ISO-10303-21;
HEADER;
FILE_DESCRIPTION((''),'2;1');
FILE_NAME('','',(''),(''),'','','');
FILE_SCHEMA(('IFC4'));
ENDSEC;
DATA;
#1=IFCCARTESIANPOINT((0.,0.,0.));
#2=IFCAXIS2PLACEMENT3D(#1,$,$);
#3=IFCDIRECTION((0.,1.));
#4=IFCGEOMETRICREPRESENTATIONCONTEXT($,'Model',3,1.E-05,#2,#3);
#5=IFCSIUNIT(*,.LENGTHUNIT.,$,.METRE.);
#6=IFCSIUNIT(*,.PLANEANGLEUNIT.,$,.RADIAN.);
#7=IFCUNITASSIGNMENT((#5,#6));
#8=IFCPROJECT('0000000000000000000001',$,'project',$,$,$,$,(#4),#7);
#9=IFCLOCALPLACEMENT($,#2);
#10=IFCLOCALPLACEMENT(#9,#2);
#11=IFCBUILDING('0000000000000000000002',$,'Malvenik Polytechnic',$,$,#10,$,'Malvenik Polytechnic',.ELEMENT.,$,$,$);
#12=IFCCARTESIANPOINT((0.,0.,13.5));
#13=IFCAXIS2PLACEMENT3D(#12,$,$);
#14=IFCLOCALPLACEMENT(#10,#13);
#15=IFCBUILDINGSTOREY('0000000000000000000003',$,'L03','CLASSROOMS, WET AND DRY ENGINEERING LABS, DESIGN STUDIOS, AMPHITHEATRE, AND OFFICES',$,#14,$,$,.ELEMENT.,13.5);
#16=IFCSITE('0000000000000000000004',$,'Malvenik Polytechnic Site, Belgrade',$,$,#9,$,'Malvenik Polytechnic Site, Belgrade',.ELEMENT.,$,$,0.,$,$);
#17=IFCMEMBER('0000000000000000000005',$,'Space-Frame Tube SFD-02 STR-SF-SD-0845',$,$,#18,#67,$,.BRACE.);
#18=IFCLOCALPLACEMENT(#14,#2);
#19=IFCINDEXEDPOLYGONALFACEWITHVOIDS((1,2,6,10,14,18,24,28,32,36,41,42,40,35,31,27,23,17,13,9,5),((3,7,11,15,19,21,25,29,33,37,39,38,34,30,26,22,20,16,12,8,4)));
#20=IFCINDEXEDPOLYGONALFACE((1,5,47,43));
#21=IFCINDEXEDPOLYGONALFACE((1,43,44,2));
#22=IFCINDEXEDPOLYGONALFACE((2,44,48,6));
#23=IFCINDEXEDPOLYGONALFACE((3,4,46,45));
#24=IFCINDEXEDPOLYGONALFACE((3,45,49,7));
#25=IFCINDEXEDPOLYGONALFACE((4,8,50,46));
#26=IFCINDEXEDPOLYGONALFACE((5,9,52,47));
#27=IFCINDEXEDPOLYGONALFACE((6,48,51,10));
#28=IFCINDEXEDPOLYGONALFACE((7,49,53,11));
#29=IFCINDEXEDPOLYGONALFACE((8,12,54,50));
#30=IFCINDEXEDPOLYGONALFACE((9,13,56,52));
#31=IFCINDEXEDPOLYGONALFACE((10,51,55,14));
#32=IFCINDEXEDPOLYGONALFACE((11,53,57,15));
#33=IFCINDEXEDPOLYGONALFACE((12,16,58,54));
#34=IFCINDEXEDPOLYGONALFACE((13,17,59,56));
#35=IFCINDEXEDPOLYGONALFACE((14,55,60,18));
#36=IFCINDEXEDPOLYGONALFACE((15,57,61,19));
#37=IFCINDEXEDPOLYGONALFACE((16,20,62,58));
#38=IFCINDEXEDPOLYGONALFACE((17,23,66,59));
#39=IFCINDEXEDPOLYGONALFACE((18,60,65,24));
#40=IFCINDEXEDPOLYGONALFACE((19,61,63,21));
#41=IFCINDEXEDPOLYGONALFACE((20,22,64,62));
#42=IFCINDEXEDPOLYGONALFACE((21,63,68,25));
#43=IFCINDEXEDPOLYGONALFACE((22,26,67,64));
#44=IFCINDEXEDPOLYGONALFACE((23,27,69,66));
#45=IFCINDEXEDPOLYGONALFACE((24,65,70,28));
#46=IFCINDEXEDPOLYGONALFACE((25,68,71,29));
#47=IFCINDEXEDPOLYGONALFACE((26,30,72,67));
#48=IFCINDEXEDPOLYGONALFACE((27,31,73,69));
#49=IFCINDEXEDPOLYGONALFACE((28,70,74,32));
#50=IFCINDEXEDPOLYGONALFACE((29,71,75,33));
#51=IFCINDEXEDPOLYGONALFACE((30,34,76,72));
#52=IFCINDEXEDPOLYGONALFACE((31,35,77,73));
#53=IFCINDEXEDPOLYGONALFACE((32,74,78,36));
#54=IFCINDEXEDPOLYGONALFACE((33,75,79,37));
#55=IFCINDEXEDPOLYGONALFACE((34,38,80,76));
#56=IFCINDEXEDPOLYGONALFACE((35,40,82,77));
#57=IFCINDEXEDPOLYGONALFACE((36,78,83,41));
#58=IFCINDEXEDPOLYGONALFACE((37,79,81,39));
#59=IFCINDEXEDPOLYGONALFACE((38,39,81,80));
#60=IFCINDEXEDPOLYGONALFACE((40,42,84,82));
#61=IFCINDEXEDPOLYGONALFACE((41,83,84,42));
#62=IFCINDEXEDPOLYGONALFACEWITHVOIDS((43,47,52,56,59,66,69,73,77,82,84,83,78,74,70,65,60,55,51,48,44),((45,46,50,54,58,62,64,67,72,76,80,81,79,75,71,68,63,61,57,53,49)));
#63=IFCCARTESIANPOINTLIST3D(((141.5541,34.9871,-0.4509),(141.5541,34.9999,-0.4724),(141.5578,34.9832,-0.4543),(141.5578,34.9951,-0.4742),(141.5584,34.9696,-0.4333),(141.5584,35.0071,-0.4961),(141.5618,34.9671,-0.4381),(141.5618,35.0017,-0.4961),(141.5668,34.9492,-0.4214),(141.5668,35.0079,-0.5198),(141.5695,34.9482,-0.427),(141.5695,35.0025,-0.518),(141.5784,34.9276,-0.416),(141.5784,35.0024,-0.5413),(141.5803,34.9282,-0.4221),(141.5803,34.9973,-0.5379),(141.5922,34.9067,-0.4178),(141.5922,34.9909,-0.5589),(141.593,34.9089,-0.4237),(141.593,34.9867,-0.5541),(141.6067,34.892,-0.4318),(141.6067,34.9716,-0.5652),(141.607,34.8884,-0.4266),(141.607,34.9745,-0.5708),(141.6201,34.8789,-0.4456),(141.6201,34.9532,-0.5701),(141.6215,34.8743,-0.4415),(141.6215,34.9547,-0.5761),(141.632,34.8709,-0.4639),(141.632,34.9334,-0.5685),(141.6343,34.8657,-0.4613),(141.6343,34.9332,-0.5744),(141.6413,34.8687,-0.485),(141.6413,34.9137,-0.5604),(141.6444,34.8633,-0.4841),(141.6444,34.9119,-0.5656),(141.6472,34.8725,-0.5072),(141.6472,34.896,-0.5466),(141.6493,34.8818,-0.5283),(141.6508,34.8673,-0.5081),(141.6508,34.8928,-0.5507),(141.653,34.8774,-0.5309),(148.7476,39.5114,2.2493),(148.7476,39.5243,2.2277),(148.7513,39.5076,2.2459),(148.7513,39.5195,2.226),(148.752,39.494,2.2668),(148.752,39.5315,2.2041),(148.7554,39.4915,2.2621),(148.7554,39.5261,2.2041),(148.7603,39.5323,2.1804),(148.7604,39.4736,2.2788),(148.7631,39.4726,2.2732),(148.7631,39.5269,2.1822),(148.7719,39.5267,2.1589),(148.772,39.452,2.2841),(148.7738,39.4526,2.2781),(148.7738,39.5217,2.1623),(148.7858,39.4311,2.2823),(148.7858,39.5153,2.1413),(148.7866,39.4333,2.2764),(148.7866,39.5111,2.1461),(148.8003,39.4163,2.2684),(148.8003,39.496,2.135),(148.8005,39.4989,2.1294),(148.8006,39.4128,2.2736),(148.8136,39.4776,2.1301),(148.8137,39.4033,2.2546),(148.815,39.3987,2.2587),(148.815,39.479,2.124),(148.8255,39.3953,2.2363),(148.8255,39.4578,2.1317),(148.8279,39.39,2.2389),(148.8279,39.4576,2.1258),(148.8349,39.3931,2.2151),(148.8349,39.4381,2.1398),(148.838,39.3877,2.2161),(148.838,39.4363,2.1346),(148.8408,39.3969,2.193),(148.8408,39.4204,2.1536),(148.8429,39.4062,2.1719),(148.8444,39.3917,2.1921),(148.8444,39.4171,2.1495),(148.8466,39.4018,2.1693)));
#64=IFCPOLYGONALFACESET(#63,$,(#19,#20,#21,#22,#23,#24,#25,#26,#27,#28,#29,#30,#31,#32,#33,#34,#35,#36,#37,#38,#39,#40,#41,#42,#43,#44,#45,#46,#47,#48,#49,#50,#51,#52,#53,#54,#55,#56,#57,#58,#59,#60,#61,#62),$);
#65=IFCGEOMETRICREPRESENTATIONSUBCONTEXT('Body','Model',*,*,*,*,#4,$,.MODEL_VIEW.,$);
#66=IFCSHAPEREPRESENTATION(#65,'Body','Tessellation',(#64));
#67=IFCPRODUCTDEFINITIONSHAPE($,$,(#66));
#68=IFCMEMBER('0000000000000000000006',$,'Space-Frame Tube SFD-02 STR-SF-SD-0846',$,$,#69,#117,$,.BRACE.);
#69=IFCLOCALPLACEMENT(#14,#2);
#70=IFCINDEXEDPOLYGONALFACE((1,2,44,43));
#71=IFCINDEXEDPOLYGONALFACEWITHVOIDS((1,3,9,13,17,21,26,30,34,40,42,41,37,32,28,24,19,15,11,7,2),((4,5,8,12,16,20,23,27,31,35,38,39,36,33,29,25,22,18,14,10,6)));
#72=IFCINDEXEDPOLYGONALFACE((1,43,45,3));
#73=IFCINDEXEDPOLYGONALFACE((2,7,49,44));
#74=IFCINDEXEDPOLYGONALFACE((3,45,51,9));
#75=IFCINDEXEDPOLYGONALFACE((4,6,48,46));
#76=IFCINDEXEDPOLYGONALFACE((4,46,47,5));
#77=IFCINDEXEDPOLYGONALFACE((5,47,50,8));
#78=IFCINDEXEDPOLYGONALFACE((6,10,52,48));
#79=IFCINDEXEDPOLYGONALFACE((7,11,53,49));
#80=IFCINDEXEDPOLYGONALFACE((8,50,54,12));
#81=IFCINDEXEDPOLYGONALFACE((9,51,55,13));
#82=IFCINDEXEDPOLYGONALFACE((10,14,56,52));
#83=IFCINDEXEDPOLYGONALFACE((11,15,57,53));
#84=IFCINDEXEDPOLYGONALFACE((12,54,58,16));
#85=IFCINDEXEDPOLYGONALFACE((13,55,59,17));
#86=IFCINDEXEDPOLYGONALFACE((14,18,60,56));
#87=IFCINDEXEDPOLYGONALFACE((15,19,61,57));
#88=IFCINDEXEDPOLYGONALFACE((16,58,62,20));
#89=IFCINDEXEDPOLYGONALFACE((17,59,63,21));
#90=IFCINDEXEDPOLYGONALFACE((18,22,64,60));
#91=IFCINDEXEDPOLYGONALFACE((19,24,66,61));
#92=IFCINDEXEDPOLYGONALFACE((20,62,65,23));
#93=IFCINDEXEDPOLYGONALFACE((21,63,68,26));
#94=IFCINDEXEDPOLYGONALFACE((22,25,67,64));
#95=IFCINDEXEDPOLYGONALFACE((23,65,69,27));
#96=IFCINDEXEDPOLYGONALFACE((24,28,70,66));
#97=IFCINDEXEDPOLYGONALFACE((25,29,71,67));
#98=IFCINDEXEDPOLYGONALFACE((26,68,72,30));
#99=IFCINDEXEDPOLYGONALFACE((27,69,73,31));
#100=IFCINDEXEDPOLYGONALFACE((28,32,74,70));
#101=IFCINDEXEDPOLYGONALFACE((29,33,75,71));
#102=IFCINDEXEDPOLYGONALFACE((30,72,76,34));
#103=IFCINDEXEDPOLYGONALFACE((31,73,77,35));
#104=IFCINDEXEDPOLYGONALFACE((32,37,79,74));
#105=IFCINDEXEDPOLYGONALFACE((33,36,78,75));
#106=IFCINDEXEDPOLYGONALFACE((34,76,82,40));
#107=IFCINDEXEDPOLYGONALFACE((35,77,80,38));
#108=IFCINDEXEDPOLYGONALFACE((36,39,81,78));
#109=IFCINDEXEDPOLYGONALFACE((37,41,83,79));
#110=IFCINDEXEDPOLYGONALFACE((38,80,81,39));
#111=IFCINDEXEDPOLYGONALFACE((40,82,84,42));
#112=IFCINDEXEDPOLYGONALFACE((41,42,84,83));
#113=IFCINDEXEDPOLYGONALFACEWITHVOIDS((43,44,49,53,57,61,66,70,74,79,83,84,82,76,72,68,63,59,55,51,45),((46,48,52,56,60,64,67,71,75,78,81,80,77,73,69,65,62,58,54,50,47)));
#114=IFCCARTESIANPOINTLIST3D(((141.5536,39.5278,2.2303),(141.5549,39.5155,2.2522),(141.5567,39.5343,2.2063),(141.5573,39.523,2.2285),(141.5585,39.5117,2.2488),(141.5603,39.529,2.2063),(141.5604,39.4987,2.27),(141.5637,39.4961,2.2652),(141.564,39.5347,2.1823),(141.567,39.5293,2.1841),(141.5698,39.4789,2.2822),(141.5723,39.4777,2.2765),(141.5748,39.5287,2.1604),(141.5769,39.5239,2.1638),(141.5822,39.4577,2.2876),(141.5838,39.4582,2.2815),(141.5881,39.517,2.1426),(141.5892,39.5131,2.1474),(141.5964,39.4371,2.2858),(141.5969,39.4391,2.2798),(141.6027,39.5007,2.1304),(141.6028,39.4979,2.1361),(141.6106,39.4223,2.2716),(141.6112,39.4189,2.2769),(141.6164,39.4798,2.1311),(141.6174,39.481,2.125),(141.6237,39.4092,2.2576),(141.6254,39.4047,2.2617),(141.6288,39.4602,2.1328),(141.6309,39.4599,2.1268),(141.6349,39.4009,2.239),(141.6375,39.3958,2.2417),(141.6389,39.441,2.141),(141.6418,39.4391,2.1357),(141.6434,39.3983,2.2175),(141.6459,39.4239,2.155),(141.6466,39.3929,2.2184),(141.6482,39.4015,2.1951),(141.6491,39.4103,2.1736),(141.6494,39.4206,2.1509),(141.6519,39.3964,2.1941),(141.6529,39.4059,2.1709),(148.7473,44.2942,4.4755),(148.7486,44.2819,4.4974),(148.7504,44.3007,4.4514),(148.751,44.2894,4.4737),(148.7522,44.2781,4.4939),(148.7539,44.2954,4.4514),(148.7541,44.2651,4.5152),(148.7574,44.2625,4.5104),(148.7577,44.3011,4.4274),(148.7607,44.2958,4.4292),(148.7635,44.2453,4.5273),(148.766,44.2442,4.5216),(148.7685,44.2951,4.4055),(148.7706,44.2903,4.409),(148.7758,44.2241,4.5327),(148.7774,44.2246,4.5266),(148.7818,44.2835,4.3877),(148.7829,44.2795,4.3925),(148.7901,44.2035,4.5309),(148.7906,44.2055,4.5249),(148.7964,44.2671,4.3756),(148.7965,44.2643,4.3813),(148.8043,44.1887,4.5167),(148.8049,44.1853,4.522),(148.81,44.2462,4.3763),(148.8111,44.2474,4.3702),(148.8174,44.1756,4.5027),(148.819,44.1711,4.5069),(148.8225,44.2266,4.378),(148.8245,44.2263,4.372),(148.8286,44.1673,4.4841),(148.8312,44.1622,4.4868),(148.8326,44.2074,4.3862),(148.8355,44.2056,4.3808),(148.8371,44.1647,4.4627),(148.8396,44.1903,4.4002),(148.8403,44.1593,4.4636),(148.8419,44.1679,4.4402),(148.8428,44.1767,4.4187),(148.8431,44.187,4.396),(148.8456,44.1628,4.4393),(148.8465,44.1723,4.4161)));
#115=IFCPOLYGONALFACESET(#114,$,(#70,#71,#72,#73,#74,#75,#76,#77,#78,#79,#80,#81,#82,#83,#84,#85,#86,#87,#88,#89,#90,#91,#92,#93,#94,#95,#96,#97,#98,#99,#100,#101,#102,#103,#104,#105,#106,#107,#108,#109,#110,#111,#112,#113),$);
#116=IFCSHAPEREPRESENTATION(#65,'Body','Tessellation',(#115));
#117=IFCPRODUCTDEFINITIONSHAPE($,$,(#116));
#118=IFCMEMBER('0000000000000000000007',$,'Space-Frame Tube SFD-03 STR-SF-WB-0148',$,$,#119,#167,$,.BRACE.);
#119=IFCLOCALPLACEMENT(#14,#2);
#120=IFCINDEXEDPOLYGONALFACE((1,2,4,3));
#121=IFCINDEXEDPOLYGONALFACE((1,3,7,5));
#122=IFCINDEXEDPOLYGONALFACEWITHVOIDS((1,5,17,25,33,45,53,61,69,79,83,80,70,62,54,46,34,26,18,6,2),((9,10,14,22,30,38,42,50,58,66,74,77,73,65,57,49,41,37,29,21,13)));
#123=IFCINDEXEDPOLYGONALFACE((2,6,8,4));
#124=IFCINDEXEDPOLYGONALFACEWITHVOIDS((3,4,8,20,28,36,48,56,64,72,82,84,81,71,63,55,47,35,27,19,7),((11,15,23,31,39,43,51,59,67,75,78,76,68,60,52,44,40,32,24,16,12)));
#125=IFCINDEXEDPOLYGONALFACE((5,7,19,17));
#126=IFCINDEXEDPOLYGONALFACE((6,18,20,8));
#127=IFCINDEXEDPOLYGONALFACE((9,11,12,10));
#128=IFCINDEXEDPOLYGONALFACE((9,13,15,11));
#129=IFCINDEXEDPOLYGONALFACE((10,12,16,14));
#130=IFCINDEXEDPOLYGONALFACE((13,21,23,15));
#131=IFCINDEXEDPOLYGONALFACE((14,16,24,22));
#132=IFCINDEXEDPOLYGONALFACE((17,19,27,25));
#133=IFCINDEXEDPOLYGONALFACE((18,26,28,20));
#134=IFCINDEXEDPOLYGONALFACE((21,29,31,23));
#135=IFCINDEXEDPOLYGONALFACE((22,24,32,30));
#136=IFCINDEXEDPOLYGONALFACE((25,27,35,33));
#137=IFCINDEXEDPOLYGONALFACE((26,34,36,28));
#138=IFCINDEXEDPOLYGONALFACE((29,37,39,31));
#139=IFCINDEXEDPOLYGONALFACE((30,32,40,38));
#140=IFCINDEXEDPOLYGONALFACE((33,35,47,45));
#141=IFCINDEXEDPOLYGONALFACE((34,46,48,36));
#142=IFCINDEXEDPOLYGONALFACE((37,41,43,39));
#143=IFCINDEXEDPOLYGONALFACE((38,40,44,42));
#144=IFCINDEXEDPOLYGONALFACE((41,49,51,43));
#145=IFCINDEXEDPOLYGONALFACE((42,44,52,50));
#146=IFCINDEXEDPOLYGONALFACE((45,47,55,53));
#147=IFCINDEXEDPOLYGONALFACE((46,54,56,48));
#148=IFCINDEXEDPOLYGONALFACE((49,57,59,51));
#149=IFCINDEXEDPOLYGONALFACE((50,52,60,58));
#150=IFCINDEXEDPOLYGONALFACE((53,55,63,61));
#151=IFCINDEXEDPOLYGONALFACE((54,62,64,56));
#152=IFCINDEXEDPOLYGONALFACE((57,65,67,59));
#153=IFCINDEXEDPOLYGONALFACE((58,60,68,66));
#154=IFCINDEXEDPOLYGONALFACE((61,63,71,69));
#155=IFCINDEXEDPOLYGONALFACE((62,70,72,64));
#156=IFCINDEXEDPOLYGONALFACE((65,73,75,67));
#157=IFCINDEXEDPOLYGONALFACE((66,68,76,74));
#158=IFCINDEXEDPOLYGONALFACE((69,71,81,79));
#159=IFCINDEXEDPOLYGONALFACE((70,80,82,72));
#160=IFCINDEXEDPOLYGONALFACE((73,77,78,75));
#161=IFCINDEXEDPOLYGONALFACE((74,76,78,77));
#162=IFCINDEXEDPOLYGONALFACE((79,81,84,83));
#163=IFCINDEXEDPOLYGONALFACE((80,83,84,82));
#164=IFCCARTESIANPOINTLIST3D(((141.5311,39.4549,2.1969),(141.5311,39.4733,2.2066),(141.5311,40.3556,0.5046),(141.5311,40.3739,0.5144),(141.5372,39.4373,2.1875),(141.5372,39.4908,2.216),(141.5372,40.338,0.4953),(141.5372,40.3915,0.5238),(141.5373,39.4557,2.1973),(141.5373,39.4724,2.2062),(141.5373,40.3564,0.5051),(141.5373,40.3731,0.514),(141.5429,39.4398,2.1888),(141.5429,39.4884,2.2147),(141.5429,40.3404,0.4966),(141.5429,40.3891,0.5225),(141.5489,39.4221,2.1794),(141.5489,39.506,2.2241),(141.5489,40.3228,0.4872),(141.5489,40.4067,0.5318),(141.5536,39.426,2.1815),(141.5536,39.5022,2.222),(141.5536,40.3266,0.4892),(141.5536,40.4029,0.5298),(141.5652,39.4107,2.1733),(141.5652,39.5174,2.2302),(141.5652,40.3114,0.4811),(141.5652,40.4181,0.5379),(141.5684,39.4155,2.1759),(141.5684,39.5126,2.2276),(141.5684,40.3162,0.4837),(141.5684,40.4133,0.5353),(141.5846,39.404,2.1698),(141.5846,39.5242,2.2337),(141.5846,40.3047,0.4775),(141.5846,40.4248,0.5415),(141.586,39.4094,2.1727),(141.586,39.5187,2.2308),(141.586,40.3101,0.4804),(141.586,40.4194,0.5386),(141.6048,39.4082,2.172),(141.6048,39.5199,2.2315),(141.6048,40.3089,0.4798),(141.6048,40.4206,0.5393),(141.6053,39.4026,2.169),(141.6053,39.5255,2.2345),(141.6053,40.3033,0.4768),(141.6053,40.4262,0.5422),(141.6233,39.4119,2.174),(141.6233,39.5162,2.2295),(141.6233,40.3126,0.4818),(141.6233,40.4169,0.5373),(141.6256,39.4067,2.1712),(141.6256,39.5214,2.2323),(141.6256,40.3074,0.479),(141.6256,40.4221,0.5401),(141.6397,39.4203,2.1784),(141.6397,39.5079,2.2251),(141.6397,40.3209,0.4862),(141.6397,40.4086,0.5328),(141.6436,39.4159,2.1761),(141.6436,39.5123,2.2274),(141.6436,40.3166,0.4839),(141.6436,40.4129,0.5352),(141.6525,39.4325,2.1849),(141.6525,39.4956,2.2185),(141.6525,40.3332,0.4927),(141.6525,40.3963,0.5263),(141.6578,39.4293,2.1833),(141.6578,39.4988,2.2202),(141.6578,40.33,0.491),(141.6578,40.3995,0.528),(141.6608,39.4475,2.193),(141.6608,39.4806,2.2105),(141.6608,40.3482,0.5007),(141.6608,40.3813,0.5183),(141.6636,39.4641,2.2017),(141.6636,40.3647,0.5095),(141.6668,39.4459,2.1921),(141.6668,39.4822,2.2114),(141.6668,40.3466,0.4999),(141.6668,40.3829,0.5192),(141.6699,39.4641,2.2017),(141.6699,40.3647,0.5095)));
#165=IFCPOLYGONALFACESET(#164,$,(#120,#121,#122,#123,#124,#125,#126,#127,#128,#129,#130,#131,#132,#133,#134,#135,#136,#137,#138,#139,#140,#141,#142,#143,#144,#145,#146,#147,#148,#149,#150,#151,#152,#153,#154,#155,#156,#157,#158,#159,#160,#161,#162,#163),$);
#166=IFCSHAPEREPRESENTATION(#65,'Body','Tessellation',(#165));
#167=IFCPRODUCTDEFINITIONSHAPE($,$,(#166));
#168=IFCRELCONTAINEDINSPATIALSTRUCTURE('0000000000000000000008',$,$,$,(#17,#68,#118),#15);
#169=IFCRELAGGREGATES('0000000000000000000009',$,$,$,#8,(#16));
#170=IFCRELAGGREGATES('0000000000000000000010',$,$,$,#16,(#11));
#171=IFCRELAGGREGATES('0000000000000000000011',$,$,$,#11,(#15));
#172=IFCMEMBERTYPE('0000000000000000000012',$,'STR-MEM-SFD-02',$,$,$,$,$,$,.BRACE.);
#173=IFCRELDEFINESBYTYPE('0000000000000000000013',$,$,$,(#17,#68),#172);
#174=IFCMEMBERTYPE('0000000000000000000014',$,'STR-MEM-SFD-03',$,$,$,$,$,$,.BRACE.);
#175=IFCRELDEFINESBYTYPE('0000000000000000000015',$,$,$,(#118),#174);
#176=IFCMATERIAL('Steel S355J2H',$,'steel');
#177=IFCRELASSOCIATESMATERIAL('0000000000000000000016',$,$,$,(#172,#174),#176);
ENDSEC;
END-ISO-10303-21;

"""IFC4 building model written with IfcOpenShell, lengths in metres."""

from ifc_helpers import new_model, si_unit, direction, frame, origin, origin_2d, place, context, subcontext, project, spatial, hollow_circle, extrude, material, material_profile, profile_set, type_object, element, save


model = new_model("IFC4")

# Units and contexts
model_context = context("Model", 3, precision=1e-05, world=origin(), true_north=direction((0.0, 1.0)))
body_context = subcontext(model_context, "Body", "Model", "MODEL_VIEW")
ifc_project = project(units=[si_unit("LENGTHUNIT", "METRE"), si_unit("PLANEANGLEUNIT", "RADIAN")], contexts=[model_context])

# Site, building, storey
site_placement = place(None, origin())
site = spatial("IfcSite", under=ifc_project, at=site_placement, Name="Malvenik Polytechnic Site, Belgrade", LongName="Malvenik Polytechnic Site, Belgrade", CompositionType="ELEMENT", RefElevation=0.0)
building_placement = place(site_placement, origin())
building = spatial("IfcBuilding", under=site, at=building_placement, Name="Malvenik Polytechnic", LongName="Malvenik Polytechnic", CompositionType="ELEMENT")
storey_placement = place(building_placement, frame((0.0, 0.0, 13.5)))
storey = spatial("IfcBuildingStorey", under=building, at=storey_placement, Name="L03", Description="CLASSROOMS, WET AND DRY ENGINEERING LABS, DESIGN STUDIOS, AMPHITHEATRE, AND OFFICES", CompositionType="ELEMENT", Elevation=13.5)

# Members
ifc_material_1 = material(Name="Steel S355J2H", Category="steel")
ifc_material_profile_1 = material_profile(ifc_material_1, hollow_circle(Radius=0.0842, WallThickness=0.0063, at=origin_2d()), Name="CHS 168.3x6.3")
ifc_profile_set_1 = profile_set([ifc_material_profile_1], Name="Steel S355J2H")
member_type_1 = type_object("IfcMemberType", Name="STR-MEM-SFD-02", PredefinedType="BRACE", material=ifc_profile_set_1)
for number, where, z_axis, x_axis, name in (
    (1, (141.6033, 34.9358, -0.4961), (0.806747, 0.507403, 0.302821), (-0.532401, 0.846492, 0.0), "Space-Frame Tube SFD-02 STR-SF-SD-0845"),
    (2, (141.6033, 39.4641, 2.2063), (0.806761, 0.534546, 0.251789), (-0.552341, 0.833618, 0.0), "Space-Frame Tube SFD-02 STR-SF-SD-0846"),
):
    element("IfcMember", number, at=place(storey_placement, frame(where, z_axis=z_axis, x_axis=x_axis)), inside=storey, type_object=member_type_1, Name=name, PredefinedType="BRACE", context=body_context, shape_type="SweptSolid", body=[
        extrude(hollow_circle(Radius=0.0842, WallThickness=0.0063, at=origin_2d()), origin(), (0.0, 0.0, 1.0), 8.9167),
    ])
ifc_material_profile_2 = material_profile(ifc_material_1, hollow_circle(Radius=0.0698, WallThickness=0.0063, at=origin_2d()), Name="CHS 139.7x6.3")
ifc_profile_set_2 = profile_set([ifc_material_profile_2], Name="Steel S355J2H")
member_type_2 = type_object("IfcMemberType", Name="STR-MEM-SFD-03", PredefinedType="BRACE", material=ifc_profile_set_2)
for number, where, z_axis, x_axis, name in (
    (3, (141.6001, 40.3647, 0.5095), (0.0, -0.469841, 0.882751), (1.0, 0.0, 0.0), "Space-Frame Tube SFD-03 STR-SF-WB-0148"),
):
    element("IfcMember", number, at=place(storey_placement, frame(where, z_axis=z_axis, x_axis=x_axis)), inside=storey, type_object=member_type_2, Name=name, PredefinedType="BRACE", context=body_context, shape_type="SweptSolid", body=[
        extrude(hollow_circle(Radius=0.0698, WallThickness=0.0063, at=origin_2d()), origin(), (0.0, 0.0, 1.0), 1.917),
    ])

save(model, "model.ifc")
